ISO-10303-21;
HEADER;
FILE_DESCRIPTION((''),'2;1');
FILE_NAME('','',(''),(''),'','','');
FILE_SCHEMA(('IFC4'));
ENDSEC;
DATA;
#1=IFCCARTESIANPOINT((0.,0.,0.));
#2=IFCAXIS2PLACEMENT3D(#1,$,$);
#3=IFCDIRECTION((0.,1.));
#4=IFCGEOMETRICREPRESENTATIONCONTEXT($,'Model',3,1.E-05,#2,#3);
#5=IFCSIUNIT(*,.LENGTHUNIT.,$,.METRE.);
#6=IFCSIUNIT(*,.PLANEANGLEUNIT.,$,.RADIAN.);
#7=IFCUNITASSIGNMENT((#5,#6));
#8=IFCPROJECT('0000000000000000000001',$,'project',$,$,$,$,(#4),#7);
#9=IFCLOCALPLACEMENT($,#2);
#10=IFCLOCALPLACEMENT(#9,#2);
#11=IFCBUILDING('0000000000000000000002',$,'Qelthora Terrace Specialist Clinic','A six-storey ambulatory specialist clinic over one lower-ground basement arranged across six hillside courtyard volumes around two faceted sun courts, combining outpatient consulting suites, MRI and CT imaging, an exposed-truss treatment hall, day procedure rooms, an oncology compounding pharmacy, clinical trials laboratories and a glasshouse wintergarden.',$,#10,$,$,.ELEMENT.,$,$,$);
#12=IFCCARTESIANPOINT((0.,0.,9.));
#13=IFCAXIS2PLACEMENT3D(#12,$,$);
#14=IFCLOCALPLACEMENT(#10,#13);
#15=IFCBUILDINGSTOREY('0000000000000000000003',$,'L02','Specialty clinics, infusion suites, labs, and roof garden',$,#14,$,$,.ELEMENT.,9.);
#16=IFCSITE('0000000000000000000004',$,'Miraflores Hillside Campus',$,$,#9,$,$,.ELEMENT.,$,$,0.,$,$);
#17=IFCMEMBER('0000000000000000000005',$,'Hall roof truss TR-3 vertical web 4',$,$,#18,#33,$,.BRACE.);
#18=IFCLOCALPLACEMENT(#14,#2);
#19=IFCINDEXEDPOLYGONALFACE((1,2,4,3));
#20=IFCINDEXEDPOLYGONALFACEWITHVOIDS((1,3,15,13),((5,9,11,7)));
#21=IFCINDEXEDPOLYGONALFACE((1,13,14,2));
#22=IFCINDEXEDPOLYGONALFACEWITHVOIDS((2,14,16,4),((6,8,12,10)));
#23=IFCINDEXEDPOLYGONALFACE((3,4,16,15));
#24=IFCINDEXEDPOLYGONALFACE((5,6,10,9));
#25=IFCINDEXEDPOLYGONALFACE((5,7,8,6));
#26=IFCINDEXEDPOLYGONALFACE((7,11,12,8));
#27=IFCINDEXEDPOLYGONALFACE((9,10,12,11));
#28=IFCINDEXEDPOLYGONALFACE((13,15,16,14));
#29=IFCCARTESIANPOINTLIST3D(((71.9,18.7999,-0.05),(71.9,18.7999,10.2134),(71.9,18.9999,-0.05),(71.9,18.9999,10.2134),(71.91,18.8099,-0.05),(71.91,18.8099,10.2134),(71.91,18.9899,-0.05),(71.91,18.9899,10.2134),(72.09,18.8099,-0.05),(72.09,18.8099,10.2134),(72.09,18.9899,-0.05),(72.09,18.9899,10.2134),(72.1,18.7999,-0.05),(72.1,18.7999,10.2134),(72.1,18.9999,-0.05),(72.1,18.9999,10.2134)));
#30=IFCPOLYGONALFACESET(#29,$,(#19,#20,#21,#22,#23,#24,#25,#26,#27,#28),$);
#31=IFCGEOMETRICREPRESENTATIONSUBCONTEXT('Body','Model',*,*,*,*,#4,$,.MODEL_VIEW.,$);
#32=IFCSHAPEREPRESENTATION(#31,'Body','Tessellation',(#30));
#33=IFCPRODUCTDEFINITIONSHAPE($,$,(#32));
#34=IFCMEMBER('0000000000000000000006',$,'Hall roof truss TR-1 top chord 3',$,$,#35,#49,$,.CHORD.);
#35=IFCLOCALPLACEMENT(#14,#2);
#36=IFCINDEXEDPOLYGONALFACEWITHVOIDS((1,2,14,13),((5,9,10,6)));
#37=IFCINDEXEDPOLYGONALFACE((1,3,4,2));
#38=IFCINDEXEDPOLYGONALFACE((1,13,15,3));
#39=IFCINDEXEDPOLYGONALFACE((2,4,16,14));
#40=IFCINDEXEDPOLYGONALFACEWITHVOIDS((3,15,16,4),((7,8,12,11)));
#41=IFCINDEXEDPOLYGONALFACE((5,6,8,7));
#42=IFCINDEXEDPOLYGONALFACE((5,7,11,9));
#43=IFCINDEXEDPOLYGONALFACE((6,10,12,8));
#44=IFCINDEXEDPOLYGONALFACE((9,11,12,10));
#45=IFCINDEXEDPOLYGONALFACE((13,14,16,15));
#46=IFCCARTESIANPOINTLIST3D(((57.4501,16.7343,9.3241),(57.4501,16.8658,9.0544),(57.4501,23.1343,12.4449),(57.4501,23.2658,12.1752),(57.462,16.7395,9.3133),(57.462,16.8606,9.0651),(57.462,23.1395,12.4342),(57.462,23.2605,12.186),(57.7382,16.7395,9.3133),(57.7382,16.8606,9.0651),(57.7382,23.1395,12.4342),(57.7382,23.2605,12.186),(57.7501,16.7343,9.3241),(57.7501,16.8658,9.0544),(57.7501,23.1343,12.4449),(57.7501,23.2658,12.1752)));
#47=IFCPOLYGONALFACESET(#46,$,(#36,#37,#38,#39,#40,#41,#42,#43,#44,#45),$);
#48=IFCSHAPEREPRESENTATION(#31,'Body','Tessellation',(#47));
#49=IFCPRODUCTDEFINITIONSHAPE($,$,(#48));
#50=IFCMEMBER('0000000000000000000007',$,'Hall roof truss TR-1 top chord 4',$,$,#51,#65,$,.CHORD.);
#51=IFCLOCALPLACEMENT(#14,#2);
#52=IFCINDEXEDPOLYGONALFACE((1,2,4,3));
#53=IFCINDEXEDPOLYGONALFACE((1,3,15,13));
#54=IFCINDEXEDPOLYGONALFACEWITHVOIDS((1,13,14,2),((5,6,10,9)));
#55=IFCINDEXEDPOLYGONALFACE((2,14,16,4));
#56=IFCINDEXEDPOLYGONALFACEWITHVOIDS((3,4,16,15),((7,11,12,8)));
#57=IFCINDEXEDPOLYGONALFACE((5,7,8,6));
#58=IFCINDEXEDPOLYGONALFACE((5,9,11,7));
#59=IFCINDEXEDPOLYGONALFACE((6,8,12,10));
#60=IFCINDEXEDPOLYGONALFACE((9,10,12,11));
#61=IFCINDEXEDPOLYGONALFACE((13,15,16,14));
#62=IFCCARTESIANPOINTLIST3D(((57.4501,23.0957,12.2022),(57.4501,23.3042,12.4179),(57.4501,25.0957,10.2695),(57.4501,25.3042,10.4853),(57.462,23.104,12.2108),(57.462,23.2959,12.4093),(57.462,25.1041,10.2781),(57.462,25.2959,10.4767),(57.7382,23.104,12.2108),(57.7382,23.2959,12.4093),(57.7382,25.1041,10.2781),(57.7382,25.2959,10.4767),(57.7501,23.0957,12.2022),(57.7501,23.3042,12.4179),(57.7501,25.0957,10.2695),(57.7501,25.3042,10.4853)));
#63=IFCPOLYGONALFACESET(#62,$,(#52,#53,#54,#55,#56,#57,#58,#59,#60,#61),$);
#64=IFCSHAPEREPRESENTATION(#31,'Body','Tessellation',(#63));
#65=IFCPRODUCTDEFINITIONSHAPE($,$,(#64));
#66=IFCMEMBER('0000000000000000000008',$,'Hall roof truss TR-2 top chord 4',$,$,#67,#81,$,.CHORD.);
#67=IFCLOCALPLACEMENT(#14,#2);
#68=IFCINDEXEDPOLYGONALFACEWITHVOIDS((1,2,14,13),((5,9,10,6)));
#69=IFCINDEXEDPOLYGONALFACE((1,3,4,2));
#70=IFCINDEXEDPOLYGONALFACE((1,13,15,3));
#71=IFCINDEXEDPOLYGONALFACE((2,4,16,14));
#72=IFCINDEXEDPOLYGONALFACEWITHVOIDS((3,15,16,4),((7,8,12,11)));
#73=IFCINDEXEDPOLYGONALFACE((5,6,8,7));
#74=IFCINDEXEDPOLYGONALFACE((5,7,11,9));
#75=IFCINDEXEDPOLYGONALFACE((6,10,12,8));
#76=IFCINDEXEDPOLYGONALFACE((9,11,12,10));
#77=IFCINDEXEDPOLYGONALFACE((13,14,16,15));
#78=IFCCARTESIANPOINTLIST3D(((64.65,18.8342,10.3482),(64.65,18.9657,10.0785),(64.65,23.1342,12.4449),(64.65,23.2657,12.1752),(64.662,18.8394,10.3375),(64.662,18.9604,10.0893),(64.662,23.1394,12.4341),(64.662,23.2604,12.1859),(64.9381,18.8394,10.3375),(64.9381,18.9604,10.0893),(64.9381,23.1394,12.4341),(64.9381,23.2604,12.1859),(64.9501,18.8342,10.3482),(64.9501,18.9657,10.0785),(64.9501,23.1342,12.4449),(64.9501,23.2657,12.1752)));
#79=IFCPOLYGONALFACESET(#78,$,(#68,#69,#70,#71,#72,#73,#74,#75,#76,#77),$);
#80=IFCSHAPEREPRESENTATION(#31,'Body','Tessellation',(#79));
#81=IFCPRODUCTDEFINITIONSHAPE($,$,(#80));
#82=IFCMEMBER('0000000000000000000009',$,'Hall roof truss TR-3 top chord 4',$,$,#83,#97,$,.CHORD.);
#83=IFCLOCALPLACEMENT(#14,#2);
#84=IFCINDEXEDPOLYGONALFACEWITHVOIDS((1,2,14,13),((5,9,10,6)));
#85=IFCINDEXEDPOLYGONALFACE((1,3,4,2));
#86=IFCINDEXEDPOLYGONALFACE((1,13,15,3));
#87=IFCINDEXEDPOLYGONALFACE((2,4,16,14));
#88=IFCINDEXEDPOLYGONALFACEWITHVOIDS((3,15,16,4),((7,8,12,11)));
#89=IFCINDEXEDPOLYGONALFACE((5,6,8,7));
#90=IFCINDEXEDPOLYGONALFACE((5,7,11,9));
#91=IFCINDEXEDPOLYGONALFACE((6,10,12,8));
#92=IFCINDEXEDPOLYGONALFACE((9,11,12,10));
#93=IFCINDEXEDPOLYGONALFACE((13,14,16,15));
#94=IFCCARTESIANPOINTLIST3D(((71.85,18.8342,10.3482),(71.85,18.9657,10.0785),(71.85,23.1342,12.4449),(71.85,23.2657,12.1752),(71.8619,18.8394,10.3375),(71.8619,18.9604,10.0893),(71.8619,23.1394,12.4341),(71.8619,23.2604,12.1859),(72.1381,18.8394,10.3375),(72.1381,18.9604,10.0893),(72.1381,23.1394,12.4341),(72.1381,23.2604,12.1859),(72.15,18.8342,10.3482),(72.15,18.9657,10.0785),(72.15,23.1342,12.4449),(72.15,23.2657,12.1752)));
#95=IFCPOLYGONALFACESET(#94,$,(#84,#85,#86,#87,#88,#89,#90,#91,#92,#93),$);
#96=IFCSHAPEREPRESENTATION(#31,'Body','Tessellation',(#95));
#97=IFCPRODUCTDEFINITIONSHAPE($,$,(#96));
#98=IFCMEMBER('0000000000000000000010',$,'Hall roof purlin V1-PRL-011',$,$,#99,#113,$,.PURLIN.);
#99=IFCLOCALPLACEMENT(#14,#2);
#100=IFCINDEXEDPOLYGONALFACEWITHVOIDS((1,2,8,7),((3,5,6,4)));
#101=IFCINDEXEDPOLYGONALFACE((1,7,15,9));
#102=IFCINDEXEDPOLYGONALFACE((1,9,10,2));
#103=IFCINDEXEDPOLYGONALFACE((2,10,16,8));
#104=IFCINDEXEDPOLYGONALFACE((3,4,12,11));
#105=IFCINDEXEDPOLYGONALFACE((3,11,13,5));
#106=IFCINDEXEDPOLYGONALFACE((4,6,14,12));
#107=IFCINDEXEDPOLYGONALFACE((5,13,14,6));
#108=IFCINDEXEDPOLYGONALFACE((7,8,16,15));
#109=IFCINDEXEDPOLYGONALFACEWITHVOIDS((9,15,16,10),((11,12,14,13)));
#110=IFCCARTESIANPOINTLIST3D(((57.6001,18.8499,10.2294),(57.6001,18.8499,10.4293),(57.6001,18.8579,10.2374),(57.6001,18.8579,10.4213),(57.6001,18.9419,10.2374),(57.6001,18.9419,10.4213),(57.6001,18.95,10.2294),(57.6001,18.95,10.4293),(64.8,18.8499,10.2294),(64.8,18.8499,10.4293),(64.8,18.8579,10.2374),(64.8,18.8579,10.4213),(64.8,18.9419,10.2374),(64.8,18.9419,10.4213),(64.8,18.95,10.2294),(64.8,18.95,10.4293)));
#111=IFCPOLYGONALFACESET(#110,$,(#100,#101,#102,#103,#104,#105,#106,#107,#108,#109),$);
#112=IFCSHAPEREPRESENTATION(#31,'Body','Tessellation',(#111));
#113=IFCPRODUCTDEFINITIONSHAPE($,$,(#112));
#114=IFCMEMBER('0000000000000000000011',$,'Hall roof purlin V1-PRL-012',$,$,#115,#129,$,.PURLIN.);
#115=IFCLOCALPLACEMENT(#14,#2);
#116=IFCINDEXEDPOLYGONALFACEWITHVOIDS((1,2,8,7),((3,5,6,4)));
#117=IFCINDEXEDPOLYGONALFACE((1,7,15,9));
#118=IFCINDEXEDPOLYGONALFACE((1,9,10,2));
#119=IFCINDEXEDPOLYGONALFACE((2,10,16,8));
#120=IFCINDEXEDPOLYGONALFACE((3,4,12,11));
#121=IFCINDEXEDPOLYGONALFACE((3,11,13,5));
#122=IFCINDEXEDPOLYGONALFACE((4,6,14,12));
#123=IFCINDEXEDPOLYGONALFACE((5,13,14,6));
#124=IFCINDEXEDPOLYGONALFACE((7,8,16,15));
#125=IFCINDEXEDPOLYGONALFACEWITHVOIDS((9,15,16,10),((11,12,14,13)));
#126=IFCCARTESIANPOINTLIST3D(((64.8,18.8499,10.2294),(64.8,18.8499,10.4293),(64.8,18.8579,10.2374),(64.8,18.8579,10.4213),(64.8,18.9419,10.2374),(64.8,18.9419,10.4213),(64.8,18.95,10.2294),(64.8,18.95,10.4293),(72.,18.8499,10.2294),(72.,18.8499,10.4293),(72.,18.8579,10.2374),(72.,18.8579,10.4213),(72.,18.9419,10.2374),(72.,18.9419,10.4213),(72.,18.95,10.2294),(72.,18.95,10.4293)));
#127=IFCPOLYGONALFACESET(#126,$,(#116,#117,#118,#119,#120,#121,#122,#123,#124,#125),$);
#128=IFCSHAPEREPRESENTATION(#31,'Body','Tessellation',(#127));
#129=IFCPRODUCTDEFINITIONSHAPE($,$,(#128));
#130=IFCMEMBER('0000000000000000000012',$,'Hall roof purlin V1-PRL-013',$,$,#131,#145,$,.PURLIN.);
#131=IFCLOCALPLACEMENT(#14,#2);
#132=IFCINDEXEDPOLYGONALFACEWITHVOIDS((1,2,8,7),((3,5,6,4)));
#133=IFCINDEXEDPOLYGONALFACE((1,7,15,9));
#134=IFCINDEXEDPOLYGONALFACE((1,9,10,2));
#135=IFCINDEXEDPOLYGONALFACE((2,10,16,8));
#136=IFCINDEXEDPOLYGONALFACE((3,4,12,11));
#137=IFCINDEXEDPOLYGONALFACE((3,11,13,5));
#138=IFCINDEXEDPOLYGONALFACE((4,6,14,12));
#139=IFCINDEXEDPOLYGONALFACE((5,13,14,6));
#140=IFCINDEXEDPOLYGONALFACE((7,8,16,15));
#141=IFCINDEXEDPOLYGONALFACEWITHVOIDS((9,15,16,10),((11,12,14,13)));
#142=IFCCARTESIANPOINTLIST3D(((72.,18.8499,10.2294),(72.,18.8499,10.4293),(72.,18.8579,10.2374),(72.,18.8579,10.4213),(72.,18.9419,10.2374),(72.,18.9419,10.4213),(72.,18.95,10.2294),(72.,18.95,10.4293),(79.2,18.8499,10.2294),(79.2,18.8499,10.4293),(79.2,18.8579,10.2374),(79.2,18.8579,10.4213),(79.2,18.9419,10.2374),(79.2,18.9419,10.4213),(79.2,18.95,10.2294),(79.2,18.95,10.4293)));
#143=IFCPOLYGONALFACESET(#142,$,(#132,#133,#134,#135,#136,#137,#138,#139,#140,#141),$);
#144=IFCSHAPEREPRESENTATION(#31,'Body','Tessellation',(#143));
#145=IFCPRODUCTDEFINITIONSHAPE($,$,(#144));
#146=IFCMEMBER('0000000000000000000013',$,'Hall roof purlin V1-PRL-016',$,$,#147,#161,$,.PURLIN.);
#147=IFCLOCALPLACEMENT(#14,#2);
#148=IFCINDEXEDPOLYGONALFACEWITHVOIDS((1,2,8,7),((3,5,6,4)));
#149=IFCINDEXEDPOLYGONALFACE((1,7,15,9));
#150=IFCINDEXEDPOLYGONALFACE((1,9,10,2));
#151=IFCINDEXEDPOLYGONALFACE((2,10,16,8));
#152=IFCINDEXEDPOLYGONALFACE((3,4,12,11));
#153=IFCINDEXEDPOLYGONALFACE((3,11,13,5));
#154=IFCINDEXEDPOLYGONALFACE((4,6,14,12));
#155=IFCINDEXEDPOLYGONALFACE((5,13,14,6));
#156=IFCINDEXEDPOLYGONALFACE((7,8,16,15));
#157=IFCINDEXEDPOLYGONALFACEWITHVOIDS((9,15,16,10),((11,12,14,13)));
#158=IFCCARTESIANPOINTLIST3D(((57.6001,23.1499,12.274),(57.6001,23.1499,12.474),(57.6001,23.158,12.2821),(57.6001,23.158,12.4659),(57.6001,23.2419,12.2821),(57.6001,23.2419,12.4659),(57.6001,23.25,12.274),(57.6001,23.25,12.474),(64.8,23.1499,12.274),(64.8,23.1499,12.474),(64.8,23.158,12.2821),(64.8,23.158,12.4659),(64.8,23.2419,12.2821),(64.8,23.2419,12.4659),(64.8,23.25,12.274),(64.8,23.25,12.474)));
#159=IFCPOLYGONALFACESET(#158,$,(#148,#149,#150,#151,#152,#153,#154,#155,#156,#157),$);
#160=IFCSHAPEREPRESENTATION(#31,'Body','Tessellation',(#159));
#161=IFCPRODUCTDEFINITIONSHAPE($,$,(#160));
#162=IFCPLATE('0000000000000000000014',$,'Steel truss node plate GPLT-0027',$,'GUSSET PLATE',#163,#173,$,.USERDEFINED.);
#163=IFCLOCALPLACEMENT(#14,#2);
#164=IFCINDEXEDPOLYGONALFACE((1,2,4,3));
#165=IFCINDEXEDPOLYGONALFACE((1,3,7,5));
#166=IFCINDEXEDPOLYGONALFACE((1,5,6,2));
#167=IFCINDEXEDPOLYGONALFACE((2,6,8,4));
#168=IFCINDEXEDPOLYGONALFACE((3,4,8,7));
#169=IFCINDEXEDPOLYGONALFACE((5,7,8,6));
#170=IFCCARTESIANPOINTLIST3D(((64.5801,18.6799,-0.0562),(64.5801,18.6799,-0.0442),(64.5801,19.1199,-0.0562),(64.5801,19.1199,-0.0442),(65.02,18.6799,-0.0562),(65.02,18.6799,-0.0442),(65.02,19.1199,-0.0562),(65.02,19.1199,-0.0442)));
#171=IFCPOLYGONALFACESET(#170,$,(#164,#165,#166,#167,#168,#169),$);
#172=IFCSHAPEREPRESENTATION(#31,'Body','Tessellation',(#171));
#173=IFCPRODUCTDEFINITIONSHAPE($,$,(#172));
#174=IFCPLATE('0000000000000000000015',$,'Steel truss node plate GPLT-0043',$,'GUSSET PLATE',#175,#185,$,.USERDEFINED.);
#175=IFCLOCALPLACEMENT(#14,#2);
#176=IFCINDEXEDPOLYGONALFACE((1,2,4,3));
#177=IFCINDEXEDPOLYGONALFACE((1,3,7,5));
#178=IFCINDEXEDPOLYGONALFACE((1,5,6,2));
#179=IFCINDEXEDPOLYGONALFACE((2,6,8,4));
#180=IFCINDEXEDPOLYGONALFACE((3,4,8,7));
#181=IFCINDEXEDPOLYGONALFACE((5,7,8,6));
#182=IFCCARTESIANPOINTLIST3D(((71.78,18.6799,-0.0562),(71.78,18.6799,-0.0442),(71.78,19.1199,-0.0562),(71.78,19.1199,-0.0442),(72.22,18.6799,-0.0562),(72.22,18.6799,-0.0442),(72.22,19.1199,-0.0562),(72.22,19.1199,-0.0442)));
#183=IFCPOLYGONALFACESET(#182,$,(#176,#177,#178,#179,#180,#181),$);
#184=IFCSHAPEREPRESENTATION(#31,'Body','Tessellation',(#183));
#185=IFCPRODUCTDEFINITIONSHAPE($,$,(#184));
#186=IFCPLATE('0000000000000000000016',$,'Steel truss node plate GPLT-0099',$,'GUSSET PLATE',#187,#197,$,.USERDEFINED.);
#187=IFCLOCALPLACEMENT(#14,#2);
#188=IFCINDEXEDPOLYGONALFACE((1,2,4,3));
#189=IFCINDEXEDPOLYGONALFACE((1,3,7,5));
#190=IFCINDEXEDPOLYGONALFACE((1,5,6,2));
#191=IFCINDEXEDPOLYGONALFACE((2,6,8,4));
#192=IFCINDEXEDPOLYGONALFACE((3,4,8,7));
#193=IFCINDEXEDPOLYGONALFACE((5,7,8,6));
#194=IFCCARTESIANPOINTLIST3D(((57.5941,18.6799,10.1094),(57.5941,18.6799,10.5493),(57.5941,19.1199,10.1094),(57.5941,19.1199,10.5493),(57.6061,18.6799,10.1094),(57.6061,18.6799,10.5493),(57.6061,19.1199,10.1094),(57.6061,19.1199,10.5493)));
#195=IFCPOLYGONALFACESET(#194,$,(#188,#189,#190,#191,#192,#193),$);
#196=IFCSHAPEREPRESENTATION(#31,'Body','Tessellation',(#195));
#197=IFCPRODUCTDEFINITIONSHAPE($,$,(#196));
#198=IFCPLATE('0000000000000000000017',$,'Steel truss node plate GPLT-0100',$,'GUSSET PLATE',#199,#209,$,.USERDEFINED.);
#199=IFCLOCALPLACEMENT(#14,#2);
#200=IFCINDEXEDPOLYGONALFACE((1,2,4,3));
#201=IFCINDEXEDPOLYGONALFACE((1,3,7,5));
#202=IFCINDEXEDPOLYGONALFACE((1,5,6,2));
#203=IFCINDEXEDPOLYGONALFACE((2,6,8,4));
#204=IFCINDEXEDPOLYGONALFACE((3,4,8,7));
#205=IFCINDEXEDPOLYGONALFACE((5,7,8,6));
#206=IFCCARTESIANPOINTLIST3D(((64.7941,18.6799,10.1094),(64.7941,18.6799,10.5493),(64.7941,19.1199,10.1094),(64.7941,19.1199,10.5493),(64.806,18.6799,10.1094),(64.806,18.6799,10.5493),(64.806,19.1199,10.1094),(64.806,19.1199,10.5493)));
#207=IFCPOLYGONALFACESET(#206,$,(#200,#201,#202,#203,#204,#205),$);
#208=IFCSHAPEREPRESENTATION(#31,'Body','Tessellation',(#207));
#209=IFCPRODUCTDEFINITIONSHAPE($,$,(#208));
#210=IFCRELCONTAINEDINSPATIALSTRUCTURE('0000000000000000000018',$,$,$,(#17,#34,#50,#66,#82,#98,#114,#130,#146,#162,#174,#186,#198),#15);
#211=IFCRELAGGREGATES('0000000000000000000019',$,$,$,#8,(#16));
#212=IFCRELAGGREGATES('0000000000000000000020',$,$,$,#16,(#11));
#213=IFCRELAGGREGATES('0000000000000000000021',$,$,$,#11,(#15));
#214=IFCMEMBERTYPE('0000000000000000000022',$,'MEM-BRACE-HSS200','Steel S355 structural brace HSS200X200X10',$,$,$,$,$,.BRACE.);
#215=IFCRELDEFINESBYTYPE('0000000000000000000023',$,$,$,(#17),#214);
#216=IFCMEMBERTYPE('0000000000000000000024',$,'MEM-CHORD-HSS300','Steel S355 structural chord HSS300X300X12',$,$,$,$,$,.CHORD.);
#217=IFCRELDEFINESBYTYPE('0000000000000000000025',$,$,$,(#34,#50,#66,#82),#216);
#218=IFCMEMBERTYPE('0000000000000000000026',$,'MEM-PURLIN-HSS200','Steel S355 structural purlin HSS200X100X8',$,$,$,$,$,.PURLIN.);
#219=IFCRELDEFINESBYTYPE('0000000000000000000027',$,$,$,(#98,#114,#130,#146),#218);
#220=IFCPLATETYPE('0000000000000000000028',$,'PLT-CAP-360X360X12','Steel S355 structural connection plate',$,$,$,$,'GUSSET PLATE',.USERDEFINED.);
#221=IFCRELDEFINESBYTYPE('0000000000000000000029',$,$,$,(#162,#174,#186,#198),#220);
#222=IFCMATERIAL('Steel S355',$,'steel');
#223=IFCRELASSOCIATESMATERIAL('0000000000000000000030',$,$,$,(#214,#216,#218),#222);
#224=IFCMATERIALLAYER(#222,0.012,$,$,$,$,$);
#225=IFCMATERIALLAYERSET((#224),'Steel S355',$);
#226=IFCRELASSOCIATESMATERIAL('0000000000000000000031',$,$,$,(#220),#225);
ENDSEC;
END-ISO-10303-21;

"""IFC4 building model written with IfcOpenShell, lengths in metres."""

from ifc_helpers import new_model, si_unit, direction, frame, origin, origin_2d, place, context, subcontext, project, spatial, rectangle, hollow_rectangle, extrude, material, layer, layer_set, material_profile, profile_set, type_object, element, save


model = new_model("IFC4")

# Units and contexts
model_context = context("Model", 3, precision=1e-05, world=origin(), true_north=direction((0.0, 1.0)))
body_context = subcontext(model_context, "Body", "Model", "MODEL_VIEW")
ifc_project = project(units=[si_unit("LENGTHUNIT", "METRE"), si_unit("PLANEANGLEUNIT", "RADIAN")], contexts=[model_context])

# Site, building, storey
site_placement = place(None, origin())
site = spatial("IfcSite", under=ifc_project, at=site_placement, Name="Miraflores Hillside Campus", CompositionType="ELEMENT", RefElevation=0.0)
building_placement = place(site_placement, origin())
building = spatial("IfcBuilding", under=site, at=building_placement, Name="Qelthora Terrace Specialist Clinic", Description="A six-storey ambulatory specialist clinic over one lower-ground basement arranged across six hillside courtyard volumes around two faceted sun courts, combining outpatient consulting suites, MRI and CT imaging, an exposed-truss treatment hall, day procedure rooms, an oncology compounding pharmacy, clinical trials laboratories and a glasshouse wintergarden.", CompositionType="ELEMENT")
storey_placement = place(building_placement, frame((0.0, 0.0, 9.0)))
storey = spatial("IfcBuildingStorey", under=building, at=storey_placement, Name="L02", Description="Specialty clinics, infusion suites, labs, and roof garden", CompositionType="ELEMENT", Elevation=9.0)

# Members
ifc_material = material(Name="Steel S355", Category="steel")
ifc_material_profile_1 = material_profile(ifc_material, hollow_rectangle(XDim=0.2, YDim=0.2, WallThickness=0.01, at=origin_2d()), Name="HSS200X200X10")
ifc_profile_set_1 = profile_set([ifc_material_profile_1], Name="Steel S355")
member_type_1 = type_object("IfcMemberType", Name="MEM-BRACE-HSS200", Description="Steel S355 structural brace HSS200X200X10", PredefinedType="BRACE", material=ifc_profile_set_1)
for number, where, z_axis, x_axis, name in (
    (1, (72.0, 18.8999, -0.05), (0.0, 0.0, 1.0), (1.0, 0.0, 0.0), "Hall roof truss TR-3 vertical web 4"),
):
    element("IfcMember", number, at=place(storey_placement, frame(where, z_axis=z_axis, x_axis=x_axis)), inside=storey, type_object=member_type_1, Name=name, PredefinedType="BRACE", context=body_context, shape_type="SweptSolid", body=[
        extrude(hollow_rectangle(XDim=0.2, YDim=0.2, WallThickness=0.01, at=origin_2d()), origin(), (0.0, 0.0, 1.0), 10.2634),
    ])
ifc_material_profile_2 = material_profile(ifc_material, hollow_rectangle(XDim=0.3, YDim=0.3, WallThickness=0.012, at=origin_2d()), Name="HSS300X300X12")
ifc_profile_set_2 = profile_set([ifc_material_profile_2], Name="Steel S355")
member_type_2 = type_object("IfcMemberType", Name="MEM-CHORD-HSS300", Description="Steel S355 structural chord HSS300X300X12", PredefinedType="CHORD", material=ifc_profile_set_2)
member_1_placement = place(storey_placement, frame((57.6001, 16.8, 9.1892), z_axis=(0.0, 0.898827, 0.438304), x_axis=(-1.0, 0.0, 0.0)))
element("IfcMember", 2, at=member_1_placement, inside=storey, type_object=member_type_2, Name="Hall roof truss TR-1 top chord 3", PredefinedType="CHORD", context=body_context, shape_type="SweptSolid", body=[
    extrude(hollow_rectangle(XDim=0.3, YDim=0.3, WallThickness=0.012, at=origin_2d()), origin(), (0.0, 0.0, 1.0), 7.1204),
])
member_2_placement = place(storey_placement, frame((57.6001, 23.2, 12.3101), z_axis=(0.0, 0.719117, -0.694889), x_axis=(-1.0, 0.0, 0.0)))
element("IfcMember", 3, at=member_2_placement, inside=storey, type_object=member_type_2, Name="Hall roof truss TR-1 top chord 4", PredefinedType="CHORD", context=body_context, shape_type="SweptSolid", body=[
    extrude(hollow_rectangle(XDim=0.3, YDim=0.3, WallThickness=0.012, at=origin_2d()), origin(), (0.0, 0.0, 1.0), 2.7812),
])
for number, where, z_axis, x_axis, name in (
    (4, (64.8, 18.8999, 10.2134), (0.0, 0.898843, 0.438271), (-1.0, 0.0, 0.0), "Hall roof truss TR-2 top chord 4"),
    (5, (72.0, 18.8999, 10.2134), (0.0, 0.898843, 0.438271), (-1.0, 0.0, 0.0), "Hall roof truss TR-3 top chord 4"),
):
    element("IfcMember", number, at=place(storey_placement, frame(where, z_axis=z_axis, x_axis=x_axis)), inside=storey, type_object=member_type_2, Name=name, PredefinedType="CHORD", context=body_context, shape_type="SweptSolid", body=[
        extrude(hollow_rectangle(XDim=0.3, YDim=0.3, WallThickness=0.012, at=origin_2d()), origin(), (0.0, 0.0, 1.0), 4.7839),
    ])
ifc_material_profile_3 = material_profile(ifc_material, hollow_rectangle(XDim=0.1001, YDim=0.2, WallThickness=0.0081, at=origin_2d()), Name="HSS200X100X8")
ifc_profile_set_3 = profile_set([ifc_material_profile_3], Name="Steel S355")
member_type_3 = type_object("IfcMemberType", Name="MEM-PURLIN-HSS200", Description="Steel S355 structural purlin HSS200X100X8", PredefinedType="PURLIN", material=ifc_profile_set_3)
for number, where, z_axis, x_axis, name in (
    (6, (57.6001, 18.8999, 10.3293), (1.0, 0.0, 0.0), (0.0, 1.0, 0.0), "Hall roof purlin V1-PRL-011"),
    (7, (64.8, 18.8999, 10.3293), (1.0, 0.0, 0.0), (0.0, 1.0, 0.0), "Hall roof purlin V1-PRL-012"),
    (8, (72.0, 18.8999, 10.3293), (1.0, 0.0, 0.0), (0.0, 1.0, 0.0), "Hall roof purlin V1-PRL-013"),
    (9, (57.6001, 23.2, 12.374), (1.0, 0.0, 0.0), (0.0, 1.0, 0.0), "Hall roof purlin V1-PRL-016"),
):
    element("IfcMember", number, at=place(storey_placement, frame(where, z_axis=z_axis, x_axis=x_axis)), inside=storey, type_object=member_type_3, Name=name, PredefinedType="PURLIN", context=body_context, shape_type="SweptSolid", body=[
        extrude(hollow_rectangle(XDim=0.1001, YDim=0.2, WallThickness=0.0081, at=origin_2d()), origin(), (0.0, 0.0, 1.0), 7.2),
    ])

# Plates
ifc_layer_1 = layer(ifc_material, 0.012)
ifc_layer_set_1 = layer_set([ifc_layer_1], Name="Steel S355")
plate_type_1 = type_object("IfcPlateType", Name="PLT-CAP-360X360X12", Description="Steel S355 structural connection plate", ElementType="GUSSET PLATE", PredefinedType="USERDEFINED", material=ifc_layer_set_1)
for number, where, z_axis, x_axis, name in (
    (10, (64.8, 18.8999, -0.0562), (0.0, 0.0, 1.0), (1.0, 0.0, 0.0), "Steel truss node plate GPLT-0027"),
    (11, (72.0, 18.8999, -0.0562), (0.0, 0.0, 1.0), (1.0, 0.0, 0.0), "Steel truss node plate GPLT-0043"),
):
    element("IfcPlate", number, at=place(storey_placement, frame(where, z_axis=z_axis, x_axis=x_axis)), inside=storey, type_object=plate_type_1, Name=name, ObjectType="GUSSET PLATE", PredefinedType="USERDEFINED", context=body_context, shape_type="SweptSolid", body=[
        extrude(rectangle(XDim=0.4399, YDim=0.4399, at=origin_2d()), origin(), (0.0, 0.0, 1.0), 0.012),
    ])
for number, where, z_axis, x_axis, name in (
    (12, (57.6001, 18.8999, 10.1094), (0.0, 0.0, 1.0), (1.0, 0.0, 0.0), "Steel truss node plate GPLT-0099"),
    (13, (64.8, 18.8999, 10.1094), (0.0, 0.0, 1.0), (1.0, 0.0, 0.0), "Steel truss node plate GPLT-0100"),
):
    element("IfcPlate", number, at=place(storey_placement, frame(where, z_axis=z_axis, x_axis=x_axis)), inside=storey, type_object=plate_type_1, Name=name, ObjectType="GUSSET PLATE", PredefinedType="USERDEFINED", context=body_context, shape_type="SweptSolid", body=[
        extrude(rectangle(XDim=0.012, YDim=0.4399, at=origin_2d()), origin(), (0.0, 0.0, 1.0), 0.4399),
    ])

save(model, "model.ifc")
